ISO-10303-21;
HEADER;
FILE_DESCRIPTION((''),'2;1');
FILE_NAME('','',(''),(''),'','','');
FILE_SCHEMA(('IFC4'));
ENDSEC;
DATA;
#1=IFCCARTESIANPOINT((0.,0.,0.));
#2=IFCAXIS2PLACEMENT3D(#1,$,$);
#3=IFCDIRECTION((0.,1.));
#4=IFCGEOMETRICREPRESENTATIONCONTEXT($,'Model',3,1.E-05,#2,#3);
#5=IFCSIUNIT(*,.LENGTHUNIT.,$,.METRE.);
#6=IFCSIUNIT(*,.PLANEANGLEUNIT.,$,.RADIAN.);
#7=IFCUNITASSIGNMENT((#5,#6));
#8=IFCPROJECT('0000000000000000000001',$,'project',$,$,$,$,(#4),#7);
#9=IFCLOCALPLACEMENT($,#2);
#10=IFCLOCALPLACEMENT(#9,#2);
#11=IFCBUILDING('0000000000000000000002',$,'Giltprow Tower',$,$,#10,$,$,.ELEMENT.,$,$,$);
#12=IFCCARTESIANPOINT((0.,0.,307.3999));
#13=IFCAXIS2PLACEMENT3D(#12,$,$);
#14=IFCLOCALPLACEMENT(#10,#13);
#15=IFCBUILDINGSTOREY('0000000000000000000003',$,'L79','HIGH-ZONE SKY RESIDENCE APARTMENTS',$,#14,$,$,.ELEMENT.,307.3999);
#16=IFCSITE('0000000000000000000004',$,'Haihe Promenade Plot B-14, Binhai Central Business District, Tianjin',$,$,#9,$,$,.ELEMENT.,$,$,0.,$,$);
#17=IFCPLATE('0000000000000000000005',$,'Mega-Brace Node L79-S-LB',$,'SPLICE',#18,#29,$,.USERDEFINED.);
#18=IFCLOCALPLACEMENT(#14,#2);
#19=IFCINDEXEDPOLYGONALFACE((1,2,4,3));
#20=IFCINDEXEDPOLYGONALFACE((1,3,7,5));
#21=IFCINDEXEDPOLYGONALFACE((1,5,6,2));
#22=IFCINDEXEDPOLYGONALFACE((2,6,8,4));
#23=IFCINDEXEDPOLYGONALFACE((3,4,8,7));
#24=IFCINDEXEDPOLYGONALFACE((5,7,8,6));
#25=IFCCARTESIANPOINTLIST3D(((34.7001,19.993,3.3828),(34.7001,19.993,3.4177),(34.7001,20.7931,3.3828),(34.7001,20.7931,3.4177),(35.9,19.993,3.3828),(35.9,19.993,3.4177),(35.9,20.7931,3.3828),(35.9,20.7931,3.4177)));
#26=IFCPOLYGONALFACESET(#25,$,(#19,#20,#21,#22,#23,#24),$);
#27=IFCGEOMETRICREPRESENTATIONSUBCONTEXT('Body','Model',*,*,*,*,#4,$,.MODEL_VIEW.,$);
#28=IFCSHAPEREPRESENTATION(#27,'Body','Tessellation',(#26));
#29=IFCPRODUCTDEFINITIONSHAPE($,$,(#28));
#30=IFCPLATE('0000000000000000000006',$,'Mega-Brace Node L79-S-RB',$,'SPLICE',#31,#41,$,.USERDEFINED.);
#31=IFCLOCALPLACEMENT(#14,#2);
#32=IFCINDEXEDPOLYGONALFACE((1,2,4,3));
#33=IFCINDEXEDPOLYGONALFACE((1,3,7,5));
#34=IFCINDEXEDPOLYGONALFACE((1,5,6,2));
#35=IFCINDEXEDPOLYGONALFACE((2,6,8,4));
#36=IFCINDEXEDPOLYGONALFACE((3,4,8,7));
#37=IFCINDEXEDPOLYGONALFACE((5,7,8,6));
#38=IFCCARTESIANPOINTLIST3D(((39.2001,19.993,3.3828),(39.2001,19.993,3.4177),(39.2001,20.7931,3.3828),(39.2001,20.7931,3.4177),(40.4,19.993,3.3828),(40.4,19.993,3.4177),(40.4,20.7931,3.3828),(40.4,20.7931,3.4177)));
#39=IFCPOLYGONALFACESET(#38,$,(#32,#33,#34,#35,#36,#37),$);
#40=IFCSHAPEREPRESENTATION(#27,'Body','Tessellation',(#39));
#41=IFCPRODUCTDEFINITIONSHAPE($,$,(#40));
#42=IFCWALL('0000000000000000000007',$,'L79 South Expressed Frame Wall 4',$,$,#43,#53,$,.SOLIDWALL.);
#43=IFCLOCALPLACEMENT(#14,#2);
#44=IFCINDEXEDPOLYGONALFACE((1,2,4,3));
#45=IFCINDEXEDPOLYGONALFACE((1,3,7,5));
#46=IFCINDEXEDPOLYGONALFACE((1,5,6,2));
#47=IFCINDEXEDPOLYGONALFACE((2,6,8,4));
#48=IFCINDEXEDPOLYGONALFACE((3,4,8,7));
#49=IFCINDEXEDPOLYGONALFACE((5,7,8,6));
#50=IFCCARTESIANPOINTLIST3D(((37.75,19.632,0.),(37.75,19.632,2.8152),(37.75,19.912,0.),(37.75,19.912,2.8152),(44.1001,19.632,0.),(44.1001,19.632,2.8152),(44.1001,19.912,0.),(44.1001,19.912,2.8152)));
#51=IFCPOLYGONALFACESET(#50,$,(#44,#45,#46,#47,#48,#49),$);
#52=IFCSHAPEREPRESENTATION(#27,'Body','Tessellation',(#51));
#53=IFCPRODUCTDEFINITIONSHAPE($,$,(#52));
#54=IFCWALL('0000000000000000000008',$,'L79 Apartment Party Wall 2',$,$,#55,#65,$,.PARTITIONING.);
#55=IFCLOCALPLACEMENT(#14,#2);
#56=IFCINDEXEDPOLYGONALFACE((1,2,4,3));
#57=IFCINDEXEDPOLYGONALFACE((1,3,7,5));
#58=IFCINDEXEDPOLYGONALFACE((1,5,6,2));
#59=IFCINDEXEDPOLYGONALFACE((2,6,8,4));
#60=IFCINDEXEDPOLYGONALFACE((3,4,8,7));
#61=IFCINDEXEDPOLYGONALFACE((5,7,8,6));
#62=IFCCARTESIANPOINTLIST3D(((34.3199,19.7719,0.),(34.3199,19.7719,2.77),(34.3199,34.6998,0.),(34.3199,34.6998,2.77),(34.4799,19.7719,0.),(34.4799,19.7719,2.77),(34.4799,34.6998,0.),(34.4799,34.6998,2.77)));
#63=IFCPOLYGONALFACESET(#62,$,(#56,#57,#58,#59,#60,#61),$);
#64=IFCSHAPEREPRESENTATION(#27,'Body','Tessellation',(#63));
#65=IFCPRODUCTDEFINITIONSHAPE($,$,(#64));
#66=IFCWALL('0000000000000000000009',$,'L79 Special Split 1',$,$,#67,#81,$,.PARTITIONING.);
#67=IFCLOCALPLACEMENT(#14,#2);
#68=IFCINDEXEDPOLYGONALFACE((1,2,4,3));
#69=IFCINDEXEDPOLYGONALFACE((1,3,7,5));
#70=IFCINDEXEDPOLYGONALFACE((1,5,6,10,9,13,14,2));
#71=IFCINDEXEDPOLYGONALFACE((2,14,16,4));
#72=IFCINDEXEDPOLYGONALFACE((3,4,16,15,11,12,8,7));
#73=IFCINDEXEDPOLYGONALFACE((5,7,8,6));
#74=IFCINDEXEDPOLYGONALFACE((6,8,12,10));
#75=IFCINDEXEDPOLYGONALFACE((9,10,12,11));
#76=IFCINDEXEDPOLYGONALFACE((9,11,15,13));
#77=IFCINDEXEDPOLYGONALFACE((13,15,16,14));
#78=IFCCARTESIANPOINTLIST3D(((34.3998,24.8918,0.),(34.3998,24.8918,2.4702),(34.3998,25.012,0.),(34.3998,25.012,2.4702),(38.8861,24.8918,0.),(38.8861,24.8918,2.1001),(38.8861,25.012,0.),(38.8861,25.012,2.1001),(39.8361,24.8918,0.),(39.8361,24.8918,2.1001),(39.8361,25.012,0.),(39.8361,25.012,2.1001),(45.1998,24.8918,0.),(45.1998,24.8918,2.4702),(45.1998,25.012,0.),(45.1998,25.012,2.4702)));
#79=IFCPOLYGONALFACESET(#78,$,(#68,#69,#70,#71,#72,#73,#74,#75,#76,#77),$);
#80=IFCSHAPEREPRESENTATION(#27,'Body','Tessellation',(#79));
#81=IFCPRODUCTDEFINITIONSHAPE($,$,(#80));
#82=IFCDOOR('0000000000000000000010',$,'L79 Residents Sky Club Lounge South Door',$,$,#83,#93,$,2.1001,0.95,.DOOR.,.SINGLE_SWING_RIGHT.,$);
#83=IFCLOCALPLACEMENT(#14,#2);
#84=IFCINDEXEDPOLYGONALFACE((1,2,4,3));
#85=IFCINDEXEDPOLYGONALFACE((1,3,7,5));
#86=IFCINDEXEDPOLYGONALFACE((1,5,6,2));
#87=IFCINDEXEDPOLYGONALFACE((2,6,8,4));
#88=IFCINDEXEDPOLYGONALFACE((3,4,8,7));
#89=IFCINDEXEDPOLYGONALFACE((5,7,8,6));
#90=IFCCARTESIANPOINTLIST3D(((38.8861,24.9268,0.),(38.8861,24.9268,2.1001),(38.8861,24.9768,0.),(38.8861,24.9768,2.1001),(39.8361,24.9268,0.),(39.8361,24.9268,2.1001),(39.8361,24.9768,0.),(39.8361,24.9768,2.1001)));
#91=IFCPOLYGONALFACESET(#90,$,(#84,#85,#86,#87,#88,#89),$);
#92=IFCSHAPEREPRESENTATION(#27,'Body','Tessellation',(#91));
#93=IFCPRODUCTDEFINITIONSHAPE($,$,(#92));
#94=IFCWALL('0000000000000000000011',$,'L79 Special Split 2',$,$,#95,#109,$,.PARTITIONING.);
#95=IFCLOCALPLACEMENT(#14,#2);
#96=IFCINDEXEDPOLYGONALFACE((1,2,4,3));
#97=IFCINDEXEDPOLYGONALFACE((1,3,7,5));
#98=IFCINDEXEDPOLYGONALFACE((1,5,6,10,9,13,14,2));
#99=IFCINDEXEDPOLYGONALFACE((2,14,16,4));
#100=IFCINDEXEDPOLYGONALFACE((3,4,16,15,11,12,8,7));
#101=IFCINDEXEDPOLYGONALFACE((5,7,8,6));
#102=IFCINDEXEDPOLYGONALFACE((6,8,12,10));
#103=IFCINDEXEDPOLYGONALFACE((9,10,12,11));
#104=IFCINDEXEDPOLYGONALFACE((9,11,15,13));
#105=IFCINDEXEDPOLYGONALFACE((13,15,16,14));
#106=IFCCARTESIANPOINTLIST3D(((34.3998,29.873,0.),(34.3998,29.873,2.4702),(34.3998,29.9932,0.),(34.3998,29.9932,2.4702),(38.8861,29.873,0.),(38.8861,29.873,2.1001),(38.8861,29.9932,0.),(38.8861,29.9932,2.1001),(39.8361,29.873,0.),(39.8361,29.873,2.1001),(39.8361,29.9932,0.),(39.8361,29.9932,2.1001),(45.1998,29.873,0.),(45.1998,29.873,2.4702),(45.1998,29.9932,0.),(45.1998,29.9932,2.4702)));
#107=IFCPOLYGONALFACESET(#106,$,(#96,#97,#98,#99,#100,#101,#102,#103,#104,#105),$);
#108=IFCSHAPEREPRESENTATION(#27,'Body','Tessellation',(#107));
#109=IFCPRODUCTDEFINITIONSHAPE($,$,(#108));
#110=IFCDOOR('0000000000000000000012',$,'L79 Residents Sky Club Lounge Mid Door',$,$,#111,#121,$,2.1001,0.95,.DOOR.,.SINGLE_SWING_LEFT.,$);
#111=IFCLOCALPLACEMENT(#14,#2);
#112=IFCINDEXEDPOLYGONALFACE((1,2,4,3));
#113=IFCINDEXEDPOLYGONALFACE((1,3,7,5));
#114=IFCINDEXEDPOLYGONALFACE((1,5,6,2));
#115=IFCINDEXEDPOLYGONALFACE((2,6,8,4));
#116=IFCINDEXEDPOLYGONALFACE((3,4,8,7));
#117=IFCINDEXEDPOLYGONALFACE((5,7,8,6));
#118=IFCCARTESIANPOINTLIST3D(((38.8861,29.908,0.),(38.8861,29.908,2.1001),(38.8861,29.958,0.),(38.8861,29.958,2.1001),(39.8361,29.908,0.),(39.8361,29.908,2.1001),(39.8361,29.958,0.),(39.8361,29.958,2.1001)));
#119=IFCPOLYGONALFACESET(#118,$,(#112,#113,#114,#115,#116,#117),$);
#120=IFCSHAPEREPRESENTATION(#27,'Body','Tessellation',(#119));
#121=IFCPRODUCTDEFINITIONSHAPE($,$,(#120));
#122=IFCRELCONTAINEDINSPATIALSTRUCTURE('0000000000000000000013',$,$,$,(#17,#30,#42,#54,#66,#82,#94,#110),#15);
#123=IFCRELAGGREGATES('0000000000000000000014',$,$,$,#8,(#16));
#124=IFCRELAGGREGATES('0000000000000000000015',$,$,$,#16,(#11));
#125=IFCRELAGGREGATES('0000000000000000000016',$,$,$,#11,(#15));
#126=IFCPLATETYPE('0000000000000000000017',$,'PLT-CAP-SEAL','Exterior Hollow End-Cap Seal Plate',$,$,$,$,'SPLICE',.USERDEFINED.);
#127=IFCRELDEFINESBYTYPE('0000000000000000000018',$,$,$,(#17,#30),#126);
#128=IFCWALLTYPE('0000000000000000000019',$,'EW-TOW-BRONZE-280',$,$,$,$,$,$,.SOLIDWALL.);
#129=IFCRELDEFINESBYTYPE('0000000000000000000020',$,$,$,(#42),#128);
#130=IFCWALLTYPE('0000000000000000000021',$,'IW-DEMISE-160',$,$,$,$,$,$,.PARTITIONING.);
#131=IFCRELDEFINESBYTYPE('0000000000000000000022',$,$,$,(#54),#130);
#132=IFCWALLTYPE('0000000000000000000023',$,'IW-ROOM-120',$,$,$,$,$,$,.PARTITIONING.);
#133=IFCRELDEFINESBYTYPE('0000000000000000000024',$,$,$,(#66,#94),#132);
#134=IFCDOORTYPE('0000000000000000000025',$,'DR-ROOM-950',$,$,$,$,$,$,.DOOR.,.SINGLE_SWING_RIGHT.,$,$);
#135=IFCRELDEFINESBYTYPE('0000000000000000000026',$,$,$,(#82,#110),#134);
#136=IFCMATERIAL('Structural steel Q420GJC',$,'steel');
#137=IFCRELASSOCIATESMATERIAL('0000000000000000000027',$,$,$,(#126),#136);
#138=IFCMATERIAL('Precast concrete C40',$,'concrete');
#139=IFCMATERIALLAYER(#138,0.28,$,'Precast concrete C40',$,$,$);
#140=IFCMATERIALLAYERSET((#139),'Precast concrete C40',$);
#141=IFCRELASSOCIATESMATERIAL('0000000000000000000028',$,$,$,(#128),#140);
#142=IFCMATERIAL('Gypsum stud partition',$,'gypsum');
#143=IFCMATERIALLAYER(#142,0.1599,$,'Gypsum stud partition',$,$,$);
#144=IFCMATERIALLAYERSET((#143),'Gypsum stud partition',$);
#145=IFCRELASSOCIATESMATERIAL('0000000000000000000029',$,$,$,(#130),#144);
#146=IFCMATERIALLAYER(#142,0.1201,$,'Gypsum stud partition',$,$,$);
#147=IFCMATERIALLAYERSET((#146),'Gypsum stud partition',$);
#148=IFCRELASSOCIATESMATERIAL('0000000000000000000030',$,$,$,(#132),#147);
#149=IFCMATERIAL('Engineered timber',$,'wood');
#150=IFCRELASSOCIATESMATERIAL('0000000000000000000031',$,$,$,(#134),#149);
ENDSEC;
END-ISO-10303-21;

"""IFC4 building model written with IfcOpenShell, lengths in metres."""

from ifc_helpers import new_model, si_unit, direction, frame, frame_2d, origin, origin_2d, place, context, subcontext, project, spatial, rectangle, extrude, source, transform, mapped, material, layer, layer_set, type_object, element, fill, save


model = new_model("IFC4")

# Units and contexts
model_context = context("Model", 3, precision=1e-05, world=origin(), true_north=direction((0.0, 1.0)))
body_context = subcontext(model_context, "Body", "Model", "MODEL_VIEW")
ifc_project = project(units=[si_unit("LENGTHUNIT", "METRE"), si_unit("PLANEANGLEUNIT", "RADIAN")], contexts=[model_context])

# Site, building, storey
site_placement = place(None, origin())
site = spatial("IfcSite", under=ifc_project, at=site_placement, Name="Haihe Promenade Plot B-14, Binhai Central Business District, Tianjin", CompositionType="ELEMENT", RefElevation=0.0)
building_placement = place(site_placement, origin())
building = spatial("IfcBuilding", under=site, at=building_placement, Name="Giltprow Tower", CompositionType="ELEMENT")
storey_placement = place(building_placement, frame((0.0, 0.0, 307.3999)))
storey = spatial("IfcBuildingStorey", under=building, at=storey_placement, Name="L79", Description="HIGH-ZONE SKY RESIDENCE APARTMENTS", CompositionType="ELEMENT", Elevation=307.3999)

# Shared definitions
ifc_material_1 = material(Name="Structural steel Q420GJC", Category="steel")

# Plates
plate_type = type_object("IfcPlateType", Name="PLT-CAP-SEAL", Description="Exterior Hollow End-Cap Seal Plate", ElementType="SPLICE", PredefinedType="USERDEFINED", material=ifc_material_1)
shared_shape_1 = source(origin(), body_context, "Body", "SweptSolid", [
    extrude(rectangle(XDim=1.2, YDim=0.8, at=origin_2d()), origin(), (0.0, 0.0, 1.0), 0.0349),
])
for number, where, z_axis, x_axis, name in (
    (1, (35.3, 20.3931, 3.3828), (0.0, 0.0, 1.0), (1.0, 0.0, 0.0), "Mega-Brace Node L79-S-LB"),
    (2, (39.8, 20.3931, 3.3828), (0.0, 0.0, 1.0), (1.0, 0.0, 0.0), "Mega-Brace Node L79-S-RB"),
):
    element("IfcPlate", number, at=place(storey_placement, frame(where, z_axis=z_axis, x_axis=x_axis)), inside=storey, type_object=plate_type, Name=name, ObjectType="SPLICE", PredefinedType="USERDEFINED", context=body_context, shape_type="MappedRepresentation", body=[
        mapped(shared_shape_1, transform((0.0, 0.0, 0.0), x_axis=(1.0, 0.0, 0.0), y_axis=(0.0, 1.0, 0.0), z_axis=(0.0, 0.0, 1.0), scale=1.0)),
    ])

# Walls
ifc_material_2 = material(Name="Precast concrete C40", Category="concrete")
ifc_layer_1 = layer(ifc_material_2, 0.28, Name="Precast concrete C40")
ifc_layer_set_1 = layer_set([ifc_layer_1], Name="Precast concrete C40")
wall_type_1 = type_object("IfcWallType", Name="EW-TOW-BRONZE-280", PredefinedType="SOLIDWALL", material=ifc_layer_set_1)
wall_1_placement = place(storey_placement, frame((37.75, 19.772, 0.0), z_axis=(0.0, 0.0, 1.0), x_axis=(1.0, 0.0, 0.0)))
element("IfcWall", 3, at=wall_1_placement, inside=storey, type_object=wall_type_1, Name="L79 South Expressed Frame Wall 4", PredefinedType="SOLIDWALL", context=body_context, shape_type="SweptSolid", body=[
    extrude(rectangle(XDim=6.3501, YDim=0.28, at=frame_2d((3.175, 0.0))), origin(), (0.0, 0.0, 1.0), 2.8152),
])
ifc_material_3 = material(Name="Gypsum stud partition", Category="gypsum")
ifc_layer_2 = layer(ifc_material_3, 0.1599, Name="Gypsum stud partition")
ifc_layer_set_2 = layer_set([ifc_layer_2], Name="Gypsum stud partition")
wall_type_2 = type_object("IfcWallType", Name="IW-DEMISE-160", PredefinedType="PARTITIONING", material=ifc_layer_set_2)
wall_2_placement = place(storey_placement, frame((34.3999, 19.772, 0.0), z_axis=(0.0, 0.0, 1.0), x_axis=(0.0, 1.0, 0.0)))
element("IfcWall", 4, at=wall_2_placement, inside=storey, type_object=wall_type_2, Name="L79 Apartment Party Wall 2", PredefinedType="PARTITIONING", context=body_context, shape_type="SweptSolid", body=[
    extrude(rectangle(XDim=14.928, YDim=0.1599, at=frame_2d((7.4639, 0.0))), origin(), (0.0, 0.0, 1.0), 2.77),
])

# Walls, openings, doors
ifc_layer_3 = layer(ifc_material_3, 0.1201, Name="Gypsum stud partition")
ifc_layer_set_3 = layer_set([ifc_layer_3], Name="Gypsum stud partition")
wall_type_3 = type_object("IfcWallType", Name="IW-ROOM-120", PredefinedType="PARTITIONING", material=ifc_layer_set_3)
wall_3_placement = place(storey_placement, frame((34.3999, 24.9519, 0.0), z_axis=(0.0, 0.0, 1.0), x_axis=(1.0, 0.0, 0.0)))
wall_3 = element("IfcWall", 5, at=wall_3_placement, inside=storey, type_object=wall_type_3, Name="L79 Special Split 1", PredefinedType="PARTITIONING", context=body_context, shape_type="SweptSolid", body=[
    extrude(rectangle(XDim=10.8, YDim=0.1201, at=frame_2d((5.3999, 0.0))), origin(), (0.0, 0.0, 1.0), 2.4702),
])
opening_1_placement = place(wall_3_placement, frame((4.4861, 0.0, 0.0)))
opening_1 = element("IfcOpeningElement", 6, at=opening_1_placement, cuts=wall_3, PredefinedType="OPENING", context=body_context, shape_type="SweptSolid", body=[
    extrude(rectangle(XDim=0.95, YDim=2.1001, at=frame_2d((0.4751, 1.05))), frame((0.0, 0.0701, 0.0), z_axis=(0.0, -1.0, 0.0), x_axis=(1.0, 0.0, 0.0)), (0.0, 0.0, 1.0), 0.1401),
])
ifc_material_4 = material(Name="Engineered timber", Category="wood")
door_type = type_object("IfcDoorType", Name="DR-ROOM-950", OperationType="SINGLE_SWING_RIGHT", PredefinedType="DOOR", material=ifc_material_4)
shared_shape_2 = source(origin(), body_context, "Body", "SweptSolid", [
    extrude(rectangle(XDim=0.95, YDim=2.1001, at=frame_2d((0.4751, 1.05))), frame((0.0, 0.0249, 0.0), z_axis=(0.0, -1.0, 0.0), x_axis=(1.0, 0.0, 0.0)), (0.0, 0.0, 1.0), 0.05),
])
door_1_placement = place(opening_1_placement, origin())
door_1 = element("IfcDoor", 7, at=door_1_placement, inside=storey, type_object=door_type, Name="L79 Residents Sky Club Lounge South Door", OperationType="SINGLE_SWING_RIGHT", OverallHeight=2.1001, OverallWidth=0.95, PredefinedType="DOOR", context=body_context, shape_type="MappedRepresentation", body=[
    mapped(shared_shape_2, transform((0.0, 0.0, 0.0), x_axis=(1.0, 0.0, 0.0), y_axis=(0.0, 1.0, 0.0), z_axis=(0.0, 0.0, 1.0), scale=1.0)),
])
fill(opening_1, door_1)
wall_4_placement = place(storey_placement, frame((34.3999, 29.9331, 0.0), z_axis=(0.0, 0.0, 1.0), x_axis=(1.0, 0.0, 0.0)))
wall_4 = element("IfcWall", 8, at=wall_4_placement, inside=storey, type_object=wall_type_3, Name="L79 Special Split 2", PredefinedType="PARTITIONING", context=body_context, shape_type="SweptSolid", body=[
    extrude(rectangle(XDim=10.8, YDim=0.1201, at=frame_2d((5.3999, 0.0))), origin(), (0.0, 0.0, 1.0), 2.4702),
])
opening_2_placement = place(wall_4_placement, frame((4.4861, 0.0, 0.0)))
opening_2 = element("IfcOpeningElement", 9, at=opening_2_placement, cuts=wall_4, PredefinedType="OPENING", context=body_context, shape_type="SweptSolid", body=[
    extrude(rectangle(XDim=0.95, YDim=2.1001, at=frame_2d((0.4751, 1.05))), frame((0.0, 0.0701, 0.0), z_axis=(0.0, -1.0, 0.0), x_axis=(1.0, 0.0, 0.0)), (0.0, 0.0, 1.0), 0.1401),
])
door_2_placement = place(opening_2_placement, origin())
door_2 = element("IfcDoor", 10, at=door_2_placement, inside=storey, type_object=door_type, Name="L79 Residents Sky Club Lounge Mid Door", OperationType="SINGLE_SWING_LEFT", OverallHeight=2.1001, OverallWidth=0.95, PredefinedType="DOOR", context=body_context, shape_type="MappedRepresentation", body=[
    mapped(shared_shape_2, transform((0.0, 0.0, 0.0), x_axis=(1.0, 0.0, 0.0), y_axis=(0.0, 1.0, 0.0), z_axis=(0.0, 0.0, 1.0), scale=1.0)),
])
fill(opening_2, door_2)

save(model, "model.ifc")
